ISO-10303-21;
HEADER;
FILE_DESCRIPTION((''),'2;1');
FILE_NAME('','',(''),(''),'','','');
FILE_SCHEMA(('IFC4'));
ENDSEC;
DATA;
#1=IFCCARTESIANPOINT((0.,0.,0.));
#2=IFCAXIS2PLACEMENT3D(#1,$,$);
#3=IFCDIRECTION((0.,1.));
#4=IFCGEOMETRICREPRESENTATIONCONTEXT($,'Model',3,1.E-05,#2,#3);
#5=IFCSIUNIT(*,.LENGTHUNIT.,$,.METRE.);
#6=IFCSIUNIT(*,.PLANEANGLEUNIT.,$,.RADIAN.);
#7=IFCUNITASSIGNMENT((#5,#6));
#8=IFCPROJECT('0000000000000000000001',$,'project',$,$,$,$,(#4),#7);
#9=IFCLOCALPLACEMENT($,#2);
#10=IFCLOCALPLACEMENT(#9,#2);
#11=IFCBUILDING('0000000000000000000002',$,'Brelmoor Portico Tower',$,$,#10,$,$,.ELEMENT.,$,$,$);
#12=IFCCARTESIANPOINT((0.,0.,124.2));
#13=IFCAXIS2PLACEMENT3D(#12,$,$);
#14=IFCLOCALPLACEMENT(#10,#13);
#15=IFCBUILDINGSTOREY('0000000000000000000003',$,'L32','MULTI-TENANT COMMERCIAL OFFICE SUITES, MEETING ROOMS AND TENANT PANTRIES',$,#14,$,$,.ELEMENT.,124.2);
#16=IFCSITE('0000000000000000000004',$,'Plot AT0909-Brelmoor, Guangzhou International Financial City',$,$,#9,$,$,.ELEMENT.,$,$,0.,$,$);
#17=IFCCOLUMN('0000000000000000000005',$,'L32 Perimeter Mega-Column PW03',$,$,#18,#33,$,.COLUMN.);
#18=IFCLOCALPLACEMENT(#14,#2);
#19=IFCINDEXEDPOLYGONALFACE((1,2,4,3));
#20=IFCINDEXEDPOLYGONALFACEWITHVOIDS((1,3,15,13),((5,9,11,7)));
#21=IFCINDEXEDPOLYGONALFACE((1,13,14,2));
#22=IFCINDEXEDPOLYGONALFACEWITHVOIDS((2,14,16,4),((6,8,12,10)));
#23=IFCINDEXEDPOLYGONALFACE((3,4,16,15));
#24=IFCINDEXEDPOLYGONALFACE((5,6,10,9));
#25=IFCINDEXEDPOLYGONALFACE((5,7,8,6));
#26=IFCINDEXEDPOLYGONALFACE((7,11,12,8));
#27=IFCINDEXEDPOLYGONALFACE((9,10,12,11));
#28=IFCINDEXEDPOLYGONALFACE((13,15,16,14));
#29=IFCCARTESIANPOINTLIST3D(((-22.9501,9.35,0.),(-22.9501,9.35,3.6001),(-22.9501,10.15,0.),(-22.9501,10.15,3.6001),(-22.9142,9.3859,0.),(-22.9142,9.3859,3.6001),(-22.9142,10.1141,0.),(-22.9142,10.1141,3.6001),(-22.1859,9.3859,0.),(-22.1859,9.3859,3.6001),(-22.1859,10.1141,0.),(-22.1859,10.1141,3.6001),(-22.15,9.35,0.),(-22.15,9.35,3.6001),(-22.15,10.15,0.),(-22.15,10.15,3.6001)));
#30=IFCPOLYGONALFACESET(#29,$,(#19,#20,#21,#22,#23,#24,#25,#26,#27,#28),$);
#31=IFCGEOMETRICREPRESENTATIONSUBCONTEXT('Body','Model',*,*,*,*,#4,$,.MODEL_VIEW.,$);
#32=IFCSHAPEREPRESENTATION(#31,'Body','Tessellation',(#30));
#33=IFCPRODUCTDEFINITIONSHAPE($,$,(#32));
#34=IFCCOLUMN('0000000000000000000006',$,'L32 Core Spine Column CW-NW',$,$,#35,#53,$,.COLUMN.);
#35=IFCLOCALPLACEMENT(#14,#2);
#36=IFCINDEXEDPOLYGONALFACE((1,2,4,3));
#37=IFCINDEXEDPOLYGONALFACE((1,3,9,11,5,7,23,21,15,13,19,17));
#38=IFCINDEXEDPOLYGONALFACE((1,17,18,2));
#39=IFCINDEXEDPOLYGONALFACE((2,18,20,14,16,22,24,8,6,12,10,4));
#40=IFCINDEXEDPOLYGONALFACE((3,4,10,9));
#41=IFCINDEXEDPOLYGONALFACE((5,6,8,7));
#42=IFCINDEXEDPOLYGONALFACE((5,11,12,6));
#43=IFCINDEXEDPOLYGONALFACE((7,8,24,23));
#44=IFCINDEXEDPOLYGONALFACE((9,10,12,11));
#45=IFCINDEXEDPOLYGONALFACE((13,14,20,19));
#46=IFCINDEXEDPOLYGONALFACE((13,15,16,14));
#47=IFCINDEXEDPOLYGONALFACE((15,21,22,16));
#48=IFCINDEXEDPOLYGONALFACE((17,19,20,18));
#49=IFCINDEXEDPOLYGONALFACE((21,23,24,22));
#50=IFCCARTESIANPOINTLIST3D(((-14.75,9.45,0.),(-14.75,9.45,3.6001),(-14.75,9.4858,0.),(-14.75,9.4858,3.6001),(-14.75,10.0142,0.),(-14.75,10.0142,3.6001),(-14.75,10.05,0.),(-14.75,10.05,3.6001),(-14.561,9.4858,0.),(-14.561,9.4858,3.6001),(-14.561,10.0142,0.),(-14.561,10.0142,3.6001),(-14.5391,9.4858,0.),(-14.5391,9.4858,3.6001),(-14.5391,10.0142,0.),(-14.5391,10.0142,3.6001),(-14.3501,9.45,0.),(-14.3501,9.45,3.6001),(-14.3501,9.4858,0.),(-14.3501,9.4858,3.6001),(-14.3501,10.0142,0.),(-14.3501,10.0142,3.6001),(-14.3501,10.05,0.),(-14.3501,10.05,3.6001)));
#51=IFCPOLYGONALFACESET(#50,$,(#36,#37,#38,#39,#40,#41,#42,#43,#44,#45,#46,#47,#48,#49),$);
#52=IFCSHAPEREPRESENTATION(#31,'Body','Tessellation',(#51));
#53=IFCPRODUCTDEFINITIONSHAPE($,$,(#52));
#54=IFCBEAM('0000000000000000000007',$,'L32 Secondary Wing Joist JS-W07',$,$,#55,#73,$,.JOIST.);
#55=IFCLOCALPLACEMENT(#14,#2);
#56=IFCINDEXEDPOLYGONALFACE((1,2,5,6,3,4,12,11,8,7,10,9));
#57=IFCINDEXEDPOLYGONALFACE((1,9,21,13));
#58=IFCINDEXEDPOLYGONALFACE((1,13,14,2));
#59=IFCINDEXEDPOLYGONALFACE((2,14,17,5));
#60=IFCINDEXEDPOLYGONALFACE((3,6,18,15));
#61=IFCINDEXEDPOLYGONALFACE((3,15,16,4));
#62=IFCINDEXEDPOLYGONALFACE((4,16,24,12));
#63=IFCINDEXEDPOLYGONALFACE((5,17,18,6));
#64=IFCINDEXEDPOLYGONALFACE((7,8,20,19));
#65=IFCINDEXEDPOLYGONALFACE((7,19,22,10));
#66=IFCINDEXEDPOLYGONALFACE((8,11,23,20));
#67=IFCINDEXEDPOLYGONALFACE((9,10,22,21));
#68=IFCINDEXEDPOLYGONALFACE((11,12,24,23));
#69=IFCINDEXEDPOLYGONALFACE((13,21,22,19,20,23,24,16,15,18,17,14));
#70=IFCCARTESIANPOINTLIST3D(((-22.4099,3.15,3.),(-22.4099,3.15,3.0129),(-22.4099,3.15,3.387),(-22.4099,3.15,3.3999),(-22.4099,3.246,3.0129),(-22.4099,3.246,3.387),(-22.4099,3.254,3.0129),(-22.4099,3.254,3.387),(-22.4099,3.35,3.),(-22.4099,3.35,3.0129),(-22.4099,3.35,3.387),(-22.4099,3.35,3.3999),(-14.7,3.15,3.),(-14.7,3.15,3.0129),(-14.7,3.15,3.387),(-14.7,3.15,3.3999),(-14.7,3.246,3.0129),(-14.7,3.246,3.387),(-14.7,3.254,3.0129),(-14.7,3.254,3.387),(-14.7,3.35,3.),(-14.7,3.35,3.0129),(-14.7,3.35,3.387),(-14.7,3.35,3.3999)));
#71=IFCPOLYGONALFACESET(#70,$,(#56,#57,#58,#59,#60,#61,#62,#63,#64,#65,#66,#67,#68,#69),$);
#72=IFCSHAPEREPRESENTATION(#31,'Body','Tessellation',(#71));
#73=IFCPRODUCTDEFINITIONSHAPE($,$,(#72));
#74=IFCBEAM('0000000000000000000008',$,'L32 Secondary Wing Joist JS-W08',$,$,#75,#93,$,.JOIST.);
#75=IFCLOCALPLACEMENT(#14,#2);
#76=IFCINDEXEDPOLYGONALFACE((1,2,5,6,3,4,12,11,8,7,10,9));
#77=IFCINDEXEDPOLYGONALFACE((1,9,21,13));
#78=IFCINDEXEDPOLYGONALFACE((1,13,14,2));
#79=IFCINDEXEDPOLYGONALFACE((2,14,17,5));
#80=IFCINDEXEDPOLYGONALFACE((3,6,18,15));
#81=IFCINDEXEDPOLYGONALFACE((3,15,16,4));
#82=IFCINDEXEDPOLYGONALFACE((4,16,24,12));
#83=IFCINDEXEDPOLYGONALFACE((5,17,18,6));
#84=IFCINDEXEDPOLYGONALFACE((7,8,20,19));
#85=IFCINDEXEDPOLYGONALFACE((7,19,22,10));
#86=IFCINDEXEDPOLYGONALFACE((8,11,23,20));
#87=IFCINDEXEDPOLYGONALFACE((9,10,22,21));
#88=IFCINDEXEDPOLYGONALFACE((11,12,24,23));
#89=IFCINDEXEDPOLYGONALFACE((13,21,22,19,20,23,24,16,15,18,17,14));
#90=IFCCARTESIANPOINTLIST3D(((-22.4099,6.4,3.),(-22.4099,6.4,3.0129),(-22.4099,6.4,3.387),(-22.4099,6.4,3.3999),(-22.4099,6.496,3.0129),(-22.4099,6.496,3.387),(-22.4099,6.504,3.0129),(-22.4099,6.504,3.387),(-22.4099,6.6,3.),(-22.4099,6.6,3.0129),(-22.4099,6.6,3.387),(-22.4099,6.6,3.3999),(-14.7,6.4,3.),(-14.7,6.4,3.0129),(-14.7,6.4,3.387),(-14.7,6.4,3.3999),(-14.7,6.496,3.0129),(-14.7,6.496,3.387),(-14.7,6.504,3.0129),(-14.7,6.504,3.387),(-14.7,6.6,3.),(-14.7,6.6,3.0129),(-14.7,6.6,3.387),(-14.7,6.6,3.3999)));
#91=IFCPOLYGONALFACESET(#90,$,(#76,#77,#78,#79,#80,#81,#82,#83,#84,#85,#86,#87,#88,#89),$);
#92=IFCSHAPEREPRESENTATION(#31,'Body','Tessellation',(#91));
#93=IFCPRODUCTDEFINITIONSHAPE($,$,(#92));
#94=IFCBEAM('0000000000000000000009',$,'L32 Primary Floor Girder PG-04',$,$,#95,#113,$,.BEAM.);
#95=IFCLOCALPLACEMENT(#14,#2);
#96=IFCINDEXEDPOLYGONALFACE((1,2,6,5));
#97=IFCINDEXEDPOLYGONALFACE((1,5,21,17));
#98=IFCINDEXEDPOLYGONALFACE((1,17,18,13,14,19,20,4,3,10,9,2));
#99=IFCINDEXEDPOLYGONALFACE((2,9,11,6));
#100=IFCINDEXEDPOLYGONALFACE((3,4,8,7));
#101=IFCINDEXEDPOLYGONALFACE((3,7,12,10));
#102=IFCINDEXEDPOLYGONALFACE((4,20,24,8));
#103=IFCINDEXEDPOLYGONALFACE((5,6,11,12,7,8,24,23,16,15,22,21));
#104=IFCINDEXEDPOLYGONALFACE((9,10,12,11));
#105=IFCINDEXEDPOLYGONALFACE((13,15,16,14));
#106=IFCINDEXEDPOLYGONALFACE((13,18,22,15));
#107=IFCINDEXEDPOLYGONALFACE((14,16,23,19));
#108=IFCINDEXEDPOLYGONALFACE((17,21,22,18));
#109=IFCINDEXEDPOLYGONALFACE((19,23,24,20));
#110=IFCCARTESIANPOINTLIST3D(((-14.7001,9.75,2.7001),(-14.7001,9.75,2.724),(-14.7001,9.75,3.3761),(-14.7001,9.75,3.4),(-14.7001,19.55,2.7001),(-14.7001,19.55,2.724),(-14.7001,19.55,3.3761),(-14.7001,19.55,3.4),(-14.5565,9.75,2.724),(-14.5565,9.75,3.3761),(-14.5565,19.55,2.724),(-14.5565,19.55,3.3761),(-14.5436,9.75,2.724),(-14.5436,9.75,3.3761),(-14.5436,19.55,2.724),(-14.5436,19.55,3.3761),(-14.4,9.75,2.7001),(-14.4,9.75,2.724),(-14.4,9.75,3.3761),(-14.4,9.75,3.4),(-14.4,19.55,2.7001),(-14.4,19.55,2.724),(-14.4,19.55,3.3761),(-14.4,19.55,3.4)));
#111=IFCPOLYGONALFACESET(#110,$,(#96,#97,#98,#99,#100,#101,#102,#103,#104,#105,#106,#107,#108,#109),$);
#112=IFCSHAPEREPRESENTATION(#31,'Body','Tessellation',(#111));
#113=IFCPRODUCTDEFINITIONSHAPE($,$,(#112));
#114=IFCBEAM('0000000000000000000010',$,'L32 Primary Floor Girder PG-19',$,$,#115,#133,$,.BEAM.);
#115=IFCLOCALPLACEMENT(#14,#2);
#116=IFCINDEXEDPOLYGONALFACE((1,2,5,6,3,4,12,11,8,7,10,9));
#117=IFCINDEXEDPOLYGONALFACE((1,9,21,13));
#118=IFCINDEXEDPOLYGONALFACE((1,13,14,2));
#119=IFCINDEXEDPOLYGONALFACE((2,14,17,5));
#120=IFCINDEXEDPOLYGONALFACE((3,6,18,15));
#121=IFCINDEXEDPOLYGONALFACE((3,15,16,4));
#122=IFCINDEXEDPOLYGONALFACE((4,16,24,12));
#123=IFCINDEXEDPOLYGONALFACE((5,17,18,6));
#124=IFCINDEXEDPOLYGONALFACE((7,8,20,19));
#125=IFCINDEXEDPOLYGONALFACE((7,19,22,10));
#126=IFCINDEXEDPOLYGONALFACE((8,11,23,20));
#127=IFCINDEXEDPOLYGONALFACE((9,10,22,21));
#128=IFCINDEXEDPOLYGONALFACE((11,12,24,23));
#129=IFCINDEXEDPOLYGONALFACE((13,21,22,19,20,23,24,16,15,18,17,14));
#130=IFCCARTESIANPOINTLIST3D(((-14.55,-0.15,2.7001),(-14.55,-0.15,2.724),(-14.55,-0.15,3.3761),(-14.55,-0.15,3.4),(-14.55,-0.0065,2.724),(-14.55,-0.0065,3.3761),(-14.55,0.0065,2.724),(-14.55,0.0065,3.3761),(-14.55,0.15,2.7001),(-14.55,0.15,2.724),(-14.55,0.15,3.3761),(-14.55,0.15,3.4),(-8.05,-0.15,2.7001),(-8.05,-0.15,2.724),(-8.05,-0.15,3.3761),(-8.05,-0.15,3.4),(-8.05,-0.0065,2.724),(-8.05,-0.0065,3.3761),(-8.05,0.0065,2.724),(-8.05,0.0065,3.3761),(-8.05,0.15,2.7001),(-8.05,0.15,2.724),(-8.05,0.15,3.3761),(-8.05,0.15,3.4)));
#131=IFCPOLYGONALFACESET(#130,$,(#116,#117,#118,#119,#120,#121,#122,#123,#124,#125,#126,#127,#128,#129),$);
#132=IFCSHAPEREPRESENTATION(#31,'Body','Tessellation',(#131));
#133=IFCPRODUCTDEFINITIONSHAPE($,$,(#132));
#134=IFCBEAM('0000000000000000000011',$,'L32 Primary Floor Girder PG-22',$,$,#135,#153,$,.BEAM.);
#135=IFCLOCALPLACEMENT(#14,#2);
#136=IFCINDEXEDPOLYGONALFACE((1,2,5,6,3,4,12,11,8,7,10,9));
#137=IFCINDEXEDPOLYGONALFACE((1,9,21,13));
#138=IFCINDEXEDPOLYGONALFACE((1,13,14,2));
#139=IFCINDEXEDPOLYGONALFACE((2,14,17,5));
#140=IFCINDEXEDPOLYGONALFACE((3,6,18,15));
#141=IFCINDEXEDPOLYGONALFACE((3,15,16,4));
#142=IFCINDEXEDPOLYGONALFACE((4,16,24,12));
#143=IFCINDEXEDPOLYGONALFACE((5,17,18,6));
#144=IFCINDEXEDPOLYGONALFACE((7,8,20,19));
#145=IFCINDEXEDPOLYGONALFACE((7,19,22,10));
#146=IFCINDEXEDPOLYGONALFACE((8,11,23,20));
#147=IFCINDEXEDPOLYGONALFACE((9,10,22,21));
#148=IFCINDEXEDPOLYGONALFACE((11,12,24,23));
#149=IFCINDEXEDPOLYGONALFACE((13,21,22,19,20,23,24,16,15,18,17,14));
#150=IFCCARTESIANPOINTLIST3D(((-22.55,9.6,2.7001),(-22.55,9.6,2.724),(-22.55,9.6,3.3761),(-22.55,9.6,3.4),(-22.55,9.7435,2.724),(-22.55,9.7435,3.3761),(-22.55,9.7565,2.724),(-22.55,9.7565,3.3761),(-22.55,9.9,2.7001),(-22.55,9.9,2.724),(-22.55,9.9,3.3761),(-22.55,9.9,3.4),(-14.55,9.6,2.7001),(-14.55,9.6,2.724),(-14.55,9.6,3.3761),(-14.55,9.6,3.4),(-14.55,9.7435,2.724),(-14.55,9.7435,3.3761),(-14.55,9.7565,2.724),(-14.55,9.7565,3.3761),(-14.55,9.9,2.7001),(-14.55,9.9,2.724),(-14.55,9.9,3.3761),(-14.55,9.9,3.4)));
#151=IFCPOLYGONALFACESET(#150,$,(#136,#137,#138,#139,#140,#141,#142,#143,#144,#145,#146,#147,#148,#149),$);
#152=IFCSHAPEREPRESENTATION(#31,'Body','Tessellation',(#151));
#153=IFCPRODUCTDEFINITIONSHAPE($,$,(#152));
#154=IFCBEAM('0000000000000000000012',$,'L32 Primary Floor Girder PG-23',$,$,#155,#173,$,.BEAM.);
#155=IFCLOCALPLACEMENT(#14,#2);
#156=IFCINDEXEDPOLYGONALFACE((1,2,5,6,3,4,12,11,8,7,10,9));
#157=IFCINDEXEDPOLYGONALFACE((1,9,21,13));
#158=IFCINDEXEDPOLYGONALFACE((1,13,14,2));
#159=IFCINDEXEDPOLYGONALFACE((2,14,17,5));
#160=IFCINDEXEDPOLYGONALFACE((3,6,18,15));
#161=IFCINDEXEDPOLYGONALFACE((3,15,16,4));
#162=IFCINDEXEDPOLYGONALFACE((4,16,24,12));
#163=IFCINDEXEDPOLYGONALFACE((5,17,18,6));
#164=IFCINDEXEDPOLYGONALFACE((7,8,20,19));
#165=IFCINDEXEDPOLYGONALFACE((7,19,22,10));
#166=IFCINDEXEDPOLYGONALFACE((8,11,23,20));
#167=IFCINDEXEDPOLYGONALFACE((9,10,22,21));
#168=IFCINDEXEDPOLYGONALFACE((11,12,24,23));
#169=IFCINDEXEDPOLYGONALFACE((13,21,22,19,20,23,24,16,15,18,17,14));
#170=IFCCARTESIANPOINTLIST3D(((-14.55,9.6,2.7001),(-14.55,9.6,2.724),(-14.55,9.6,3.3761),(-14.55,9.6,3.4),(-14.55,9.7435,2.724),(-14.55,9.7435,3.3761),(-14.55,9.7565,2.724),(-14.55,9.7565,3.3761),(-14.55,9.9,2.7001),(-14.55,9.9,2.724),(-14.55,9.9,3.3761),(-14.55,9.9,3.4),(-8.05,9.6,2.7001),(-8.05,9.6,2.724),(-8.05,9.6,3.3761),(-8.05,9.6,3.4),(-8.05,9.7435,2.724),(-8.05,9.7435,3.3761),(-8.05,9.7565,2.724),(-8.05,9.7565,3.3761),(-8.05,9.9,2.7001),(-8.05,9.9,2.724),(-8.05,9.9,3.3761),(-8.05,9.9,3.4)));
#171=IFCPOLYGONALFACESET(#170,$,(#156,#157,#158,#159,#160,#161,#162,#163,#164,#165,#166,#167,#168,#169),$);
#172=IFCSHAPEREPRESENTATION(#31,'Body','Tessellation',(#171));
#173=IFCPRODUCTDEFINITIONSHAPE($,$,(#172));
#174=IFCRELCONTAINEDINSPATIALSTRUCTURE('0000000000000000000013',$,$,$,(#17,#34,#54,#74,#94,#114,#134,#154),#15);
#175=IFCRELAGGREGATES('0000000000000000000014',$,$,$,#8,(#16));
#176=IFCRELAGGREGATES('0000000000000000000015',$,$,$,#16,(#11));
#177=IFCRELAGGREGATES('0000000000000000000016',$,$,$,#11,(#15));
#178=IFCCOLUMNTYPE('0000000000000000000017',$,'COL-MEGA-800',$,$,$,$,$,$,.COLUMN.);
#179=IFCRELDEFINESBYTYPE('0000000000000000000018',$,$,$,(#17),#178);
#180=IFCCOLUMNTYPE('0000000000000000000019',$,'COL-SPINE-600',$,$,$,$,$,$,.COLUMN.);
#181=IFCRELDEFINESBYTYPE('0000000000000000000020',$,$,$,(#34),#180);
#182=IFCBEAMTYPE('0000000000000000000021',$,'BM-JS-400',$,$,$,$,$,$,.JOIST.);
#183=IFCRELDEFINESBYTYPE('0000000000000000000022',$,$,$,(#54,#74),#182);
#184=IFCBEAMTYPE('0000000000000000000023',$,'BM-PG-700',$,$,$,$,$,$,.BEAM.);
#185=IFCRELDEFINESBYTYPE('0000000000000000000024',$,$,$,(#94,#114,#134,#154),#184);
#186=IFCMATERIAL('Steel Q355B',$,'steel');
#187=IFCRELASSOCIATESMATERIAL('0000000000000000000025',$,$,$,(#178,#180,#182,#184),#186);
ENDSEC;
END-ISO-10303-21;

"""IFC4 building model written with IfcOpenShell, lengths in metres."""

from ifc_helpers import new_model, si_unit, direction, frame, origin, origin_2d, place, context, subcontext, project, spatial, hollow_rectangle, i_section, extrude, material, material_profile, profile_set, type_object, element, save


model = new_model("IFC4")

# Units and contexts
model_context = context("Model", 3, precision=1e-05, world=origin(), true_north=direction((0.0, 1.0)))
body_context = subcontext(model_context, "Body", "Model", "MODEL_VIEW")
ifc_project = project(units=[si_unit("LENGTHUNIT", "METRE"), si_unit("PLANEANGLEUNIT", "RADIAN")], contexts=[model_context])

# Site, building, storey
site_placement = place(None, origin())
site = spatial("IfcSite", under=ifc_project, at=site_placement, Name="Plot AT0909-Brelmoor, Guangzhou International Financial City", CompositionType="ELEMENT", RefElevation=0.0)
building_placement = place(site_placement, origin())
building = spatial("IfcBuilding", under=site, at=building_placement, Name="Brelmoor Portico Tower", CompositionType="ELEMENT")
storey_placement = place(building_placement, frame((0.0, 0.0, 124.2)))
storey = spatial("IfcBuildingStorey", under=building, at=storey_placement, Name="L32", Description="MULTI-TENANT COMMERCIAL OFFICE SUITES, MEETING ROOMS AND TENANT PANTRIES", CompositionType="ELEMENT", Elevation=124.2)

# Columns
ifc_material_1 = material(Name="Steel Q355B", Category="steel")
ifc_material_profile_1 = material_profile(ifc_material_1, hollow_rectangle(XDim=0.8, YDim=0.8, WallThickness=0.0359, at=origin_2d()), Name="BOX 800x800x36")
ifc_profile_set_1 = profile_set([ifc_material_profile_1], Name="Steel Q355B")
column_type_1 = type_object("IfcColumnType", Name="COL-MEGA-800", PredefinedType="COLUMN", material=ifc_profile_set_1)
column_1_placement = place(storey_placement, frame((-22.55, 9.75, 0.0), z_axis=(0.0, 0.0, 1.0), x_axis=(0.0, 1.0, 0.0)))
element("IfcColumn", 1, at=column_1_placement, inside=storey, type_object=column_type_1, Name="L32 Perimeter Mega-Column PW03", PredefinedType="COLUMN", context=body_context, shape_type="SweptSolid", body=[
    extrude(hollow_rectangle(XDim=0.8, YDim=0.8, WallThickness=0.0359, at=origin_2d()), origin(), (0.0, 0.0, 1.0), 3.6001),
])
ifc_material_profile_2 = material_profile(ifc_material_1, i_section(OverallWidth=0.3999, OverallDepth=0.6001, WebThickness=0.022, FlangeThickness=0.0359, at=origin_2d()), Name="HW 600x400x22x36")
ifc_profile_set_2 = profile_set([ifc_material_profile_2], Name="Steel Q355B")
column_type_2 = type_object("IfcColumnType", Name="COL-SPINE-600", PredefinedType="COLUMN", material=ifc_profile_set_2)
column_2_placement = place(storey_placement, frame((-14.55, 9.75, 0.0), z_axis=(0.0, 0.0, 1.0), x_axis=(1.0, 0.0, 0.0)))
element("IfcColumn", 2, at=column_2_placement, inside=storey, type_object=column_type_2, Name="L32 Core Spine Column CW-NW", PredefinedType="COLUMN", context=body_context, shape_type="SweptSolid", body=[
    extrude(i_section(OverallWidth=0.3999, OverallDepth=0.6001, WebThickness=0.022, FlangeThickness=0.0359, at=origin_2d()), origin(), (0.0, 0.0, 1.0), 3.6001),
])

# Beams
ifc_material_profile_3 = material_profile(ifc_material_1, i_section(OverallWidth=0.2, OverallDepth=0.3999, WebThickness=0.0081, FlangeThickness=0.0129, at=origin_2d()), Name="HN 400x200x8x13")
ifc_profile_set_3 = profile_set([ifc_material_profile_3], Name="Steel Q355B")
beam_type_1 = type_object("IfcBeamType", Name="BM-JS-400", PredefinedType="JOIST", material=ifc_profile_set_3)
for number, where, z_axis, x_axis, name in (
    (3, (-22.4099, 3.25, 3.2), (1.0, 0.0, 0.0), (0.0, 1.0, 0.0), "L32 Secondary Wing Joist JS-W07"),
    (4, (-22.4099, 6.5, 3.2), (1.0, 0.0, 0.0), (0.0, 1.0, 0.0), "L32 Secondary Wing Joist JS-W08"),
):
    element("IfcBeam", number, at=place(storey_placement, frame(where, z_axis=z_axis, x_axis=x_axis)), inside=storey, type_object=beam_type_1, Name=name, PredefinedType="JOIST", context=body_context, shape_type="SweptSolid", body=[
        extrude(i_section(OverallWidth=0.2, OverallDepth=0.3999, WebThickness=0.0081, FlangeThickness=0.0129, at=origin_2d()), origin(), (0.0, 0.0, 1.0), 7.71),
    ])
ifc_material_profile_4 = material_profile(ifc_material_1, i_section(OverallWidth=0.3, OverallDepth=0.7, WebThickness=0.0129, FlangeThickness=0.0239, at=origin_2d()), Name="HN 700x300x13x24")
ifc_profile_set_4 = profile_set([ifc_material_profile_4], Name="Steel Q355B")
beam_type_2 = type_object("IfcBeamType", Name="BM-PG-700", PredefinedType="BEAM", material=ifc_profile_set_4)
beam_1_placement = place(storey_placement, frame((-14.55, 9.75, 3.05), z_axis=(0.0, 1.0, 0.0), x_axis=(-1.0, 0.0, 0.0)))
element("IfcBeam", 5, at=beam_1_placement, inside=storey, type_object=beam_type_2, Name="L32 Primary Floor Girder PG-04", PredefinedType="BEAM", context=body_context, shape_type="SweptSolid", body=[
    extrude(i_section(OverallWidth=0.3, OverallDepth=0.7, WebThickness=0.0129, FlangeThickness=0.0239, at=origin_2d()), origin(), (0.0, 0.0, 1.0), 9.8),
])
beam_2_placement = place(storey_placement, frame((-14.55, 0.0, 3.05), z_axis=(1.0, 0.0, 0.0), x_axis=(0.0, 1.0, 0.0)))
element("IfcBeam", 6, at=beam_2_placement, inside=storey, type_object=beam_type_2, Name="L32 Primary Floor Girder PG-19", PredefinedType="BEAM", context=body_context, shape_type="SweptSolid", body=[
    extrude(i_section(OverallWidth=0.3, OverallDepth=0.7, WebThickness=0.0129, FlangeThickness=0.0239, at=origin_2d()), origin(), (0.0, 0.0, 1.0), 6.5),
])
beam_3_placement = place(storey_placement, frame((-22.55, 9.75, 3.05), z_axis=(1.0, 0.0, 0.0), x_axis=(0.0, 1.0, 0.0)))
element("IfcBeam", 7, at=beam_3_placement, inside=storey, type_object=beam_type_2, Name="L32 Primary Floor Girder PG-22", PredefinedType="BEAM", context=body_context, shape_type="SweptSolid", body=[
    extrude(i_section(OverallWidth=0.3, OverallDepth=0.7, WebThickness=0.0129, FlangeThickness=0.0239, at=origin_2d()), origin(), (0.0, 0.0, 1.0), 8.0),
])
beam_4_placement = place(storey_placement, frame((-14.55, 9.75, 3.05), z_axis=(1.0, 0.0, 0.0), x_axis=(0.0, 1.0, 0.0)))
element("IfcBeam", 8, at=beam_4_placement, inside=storey, type_object=beam_type_2, Name="L32 Primary Floor Girder PG-23", PredefinedType="BEAM", context=body_context, shape_type="SweptSolid", body=[
    extrude(i_section(OverallWidth=0.3, OverallDepth=0.7, WebThickness=0.0129, FlangeThickness=0.0239, at=origin_2d()), origin(), (0.0, 0.0, 1.0), 6.5),
])

save(model, "model.ifc")
